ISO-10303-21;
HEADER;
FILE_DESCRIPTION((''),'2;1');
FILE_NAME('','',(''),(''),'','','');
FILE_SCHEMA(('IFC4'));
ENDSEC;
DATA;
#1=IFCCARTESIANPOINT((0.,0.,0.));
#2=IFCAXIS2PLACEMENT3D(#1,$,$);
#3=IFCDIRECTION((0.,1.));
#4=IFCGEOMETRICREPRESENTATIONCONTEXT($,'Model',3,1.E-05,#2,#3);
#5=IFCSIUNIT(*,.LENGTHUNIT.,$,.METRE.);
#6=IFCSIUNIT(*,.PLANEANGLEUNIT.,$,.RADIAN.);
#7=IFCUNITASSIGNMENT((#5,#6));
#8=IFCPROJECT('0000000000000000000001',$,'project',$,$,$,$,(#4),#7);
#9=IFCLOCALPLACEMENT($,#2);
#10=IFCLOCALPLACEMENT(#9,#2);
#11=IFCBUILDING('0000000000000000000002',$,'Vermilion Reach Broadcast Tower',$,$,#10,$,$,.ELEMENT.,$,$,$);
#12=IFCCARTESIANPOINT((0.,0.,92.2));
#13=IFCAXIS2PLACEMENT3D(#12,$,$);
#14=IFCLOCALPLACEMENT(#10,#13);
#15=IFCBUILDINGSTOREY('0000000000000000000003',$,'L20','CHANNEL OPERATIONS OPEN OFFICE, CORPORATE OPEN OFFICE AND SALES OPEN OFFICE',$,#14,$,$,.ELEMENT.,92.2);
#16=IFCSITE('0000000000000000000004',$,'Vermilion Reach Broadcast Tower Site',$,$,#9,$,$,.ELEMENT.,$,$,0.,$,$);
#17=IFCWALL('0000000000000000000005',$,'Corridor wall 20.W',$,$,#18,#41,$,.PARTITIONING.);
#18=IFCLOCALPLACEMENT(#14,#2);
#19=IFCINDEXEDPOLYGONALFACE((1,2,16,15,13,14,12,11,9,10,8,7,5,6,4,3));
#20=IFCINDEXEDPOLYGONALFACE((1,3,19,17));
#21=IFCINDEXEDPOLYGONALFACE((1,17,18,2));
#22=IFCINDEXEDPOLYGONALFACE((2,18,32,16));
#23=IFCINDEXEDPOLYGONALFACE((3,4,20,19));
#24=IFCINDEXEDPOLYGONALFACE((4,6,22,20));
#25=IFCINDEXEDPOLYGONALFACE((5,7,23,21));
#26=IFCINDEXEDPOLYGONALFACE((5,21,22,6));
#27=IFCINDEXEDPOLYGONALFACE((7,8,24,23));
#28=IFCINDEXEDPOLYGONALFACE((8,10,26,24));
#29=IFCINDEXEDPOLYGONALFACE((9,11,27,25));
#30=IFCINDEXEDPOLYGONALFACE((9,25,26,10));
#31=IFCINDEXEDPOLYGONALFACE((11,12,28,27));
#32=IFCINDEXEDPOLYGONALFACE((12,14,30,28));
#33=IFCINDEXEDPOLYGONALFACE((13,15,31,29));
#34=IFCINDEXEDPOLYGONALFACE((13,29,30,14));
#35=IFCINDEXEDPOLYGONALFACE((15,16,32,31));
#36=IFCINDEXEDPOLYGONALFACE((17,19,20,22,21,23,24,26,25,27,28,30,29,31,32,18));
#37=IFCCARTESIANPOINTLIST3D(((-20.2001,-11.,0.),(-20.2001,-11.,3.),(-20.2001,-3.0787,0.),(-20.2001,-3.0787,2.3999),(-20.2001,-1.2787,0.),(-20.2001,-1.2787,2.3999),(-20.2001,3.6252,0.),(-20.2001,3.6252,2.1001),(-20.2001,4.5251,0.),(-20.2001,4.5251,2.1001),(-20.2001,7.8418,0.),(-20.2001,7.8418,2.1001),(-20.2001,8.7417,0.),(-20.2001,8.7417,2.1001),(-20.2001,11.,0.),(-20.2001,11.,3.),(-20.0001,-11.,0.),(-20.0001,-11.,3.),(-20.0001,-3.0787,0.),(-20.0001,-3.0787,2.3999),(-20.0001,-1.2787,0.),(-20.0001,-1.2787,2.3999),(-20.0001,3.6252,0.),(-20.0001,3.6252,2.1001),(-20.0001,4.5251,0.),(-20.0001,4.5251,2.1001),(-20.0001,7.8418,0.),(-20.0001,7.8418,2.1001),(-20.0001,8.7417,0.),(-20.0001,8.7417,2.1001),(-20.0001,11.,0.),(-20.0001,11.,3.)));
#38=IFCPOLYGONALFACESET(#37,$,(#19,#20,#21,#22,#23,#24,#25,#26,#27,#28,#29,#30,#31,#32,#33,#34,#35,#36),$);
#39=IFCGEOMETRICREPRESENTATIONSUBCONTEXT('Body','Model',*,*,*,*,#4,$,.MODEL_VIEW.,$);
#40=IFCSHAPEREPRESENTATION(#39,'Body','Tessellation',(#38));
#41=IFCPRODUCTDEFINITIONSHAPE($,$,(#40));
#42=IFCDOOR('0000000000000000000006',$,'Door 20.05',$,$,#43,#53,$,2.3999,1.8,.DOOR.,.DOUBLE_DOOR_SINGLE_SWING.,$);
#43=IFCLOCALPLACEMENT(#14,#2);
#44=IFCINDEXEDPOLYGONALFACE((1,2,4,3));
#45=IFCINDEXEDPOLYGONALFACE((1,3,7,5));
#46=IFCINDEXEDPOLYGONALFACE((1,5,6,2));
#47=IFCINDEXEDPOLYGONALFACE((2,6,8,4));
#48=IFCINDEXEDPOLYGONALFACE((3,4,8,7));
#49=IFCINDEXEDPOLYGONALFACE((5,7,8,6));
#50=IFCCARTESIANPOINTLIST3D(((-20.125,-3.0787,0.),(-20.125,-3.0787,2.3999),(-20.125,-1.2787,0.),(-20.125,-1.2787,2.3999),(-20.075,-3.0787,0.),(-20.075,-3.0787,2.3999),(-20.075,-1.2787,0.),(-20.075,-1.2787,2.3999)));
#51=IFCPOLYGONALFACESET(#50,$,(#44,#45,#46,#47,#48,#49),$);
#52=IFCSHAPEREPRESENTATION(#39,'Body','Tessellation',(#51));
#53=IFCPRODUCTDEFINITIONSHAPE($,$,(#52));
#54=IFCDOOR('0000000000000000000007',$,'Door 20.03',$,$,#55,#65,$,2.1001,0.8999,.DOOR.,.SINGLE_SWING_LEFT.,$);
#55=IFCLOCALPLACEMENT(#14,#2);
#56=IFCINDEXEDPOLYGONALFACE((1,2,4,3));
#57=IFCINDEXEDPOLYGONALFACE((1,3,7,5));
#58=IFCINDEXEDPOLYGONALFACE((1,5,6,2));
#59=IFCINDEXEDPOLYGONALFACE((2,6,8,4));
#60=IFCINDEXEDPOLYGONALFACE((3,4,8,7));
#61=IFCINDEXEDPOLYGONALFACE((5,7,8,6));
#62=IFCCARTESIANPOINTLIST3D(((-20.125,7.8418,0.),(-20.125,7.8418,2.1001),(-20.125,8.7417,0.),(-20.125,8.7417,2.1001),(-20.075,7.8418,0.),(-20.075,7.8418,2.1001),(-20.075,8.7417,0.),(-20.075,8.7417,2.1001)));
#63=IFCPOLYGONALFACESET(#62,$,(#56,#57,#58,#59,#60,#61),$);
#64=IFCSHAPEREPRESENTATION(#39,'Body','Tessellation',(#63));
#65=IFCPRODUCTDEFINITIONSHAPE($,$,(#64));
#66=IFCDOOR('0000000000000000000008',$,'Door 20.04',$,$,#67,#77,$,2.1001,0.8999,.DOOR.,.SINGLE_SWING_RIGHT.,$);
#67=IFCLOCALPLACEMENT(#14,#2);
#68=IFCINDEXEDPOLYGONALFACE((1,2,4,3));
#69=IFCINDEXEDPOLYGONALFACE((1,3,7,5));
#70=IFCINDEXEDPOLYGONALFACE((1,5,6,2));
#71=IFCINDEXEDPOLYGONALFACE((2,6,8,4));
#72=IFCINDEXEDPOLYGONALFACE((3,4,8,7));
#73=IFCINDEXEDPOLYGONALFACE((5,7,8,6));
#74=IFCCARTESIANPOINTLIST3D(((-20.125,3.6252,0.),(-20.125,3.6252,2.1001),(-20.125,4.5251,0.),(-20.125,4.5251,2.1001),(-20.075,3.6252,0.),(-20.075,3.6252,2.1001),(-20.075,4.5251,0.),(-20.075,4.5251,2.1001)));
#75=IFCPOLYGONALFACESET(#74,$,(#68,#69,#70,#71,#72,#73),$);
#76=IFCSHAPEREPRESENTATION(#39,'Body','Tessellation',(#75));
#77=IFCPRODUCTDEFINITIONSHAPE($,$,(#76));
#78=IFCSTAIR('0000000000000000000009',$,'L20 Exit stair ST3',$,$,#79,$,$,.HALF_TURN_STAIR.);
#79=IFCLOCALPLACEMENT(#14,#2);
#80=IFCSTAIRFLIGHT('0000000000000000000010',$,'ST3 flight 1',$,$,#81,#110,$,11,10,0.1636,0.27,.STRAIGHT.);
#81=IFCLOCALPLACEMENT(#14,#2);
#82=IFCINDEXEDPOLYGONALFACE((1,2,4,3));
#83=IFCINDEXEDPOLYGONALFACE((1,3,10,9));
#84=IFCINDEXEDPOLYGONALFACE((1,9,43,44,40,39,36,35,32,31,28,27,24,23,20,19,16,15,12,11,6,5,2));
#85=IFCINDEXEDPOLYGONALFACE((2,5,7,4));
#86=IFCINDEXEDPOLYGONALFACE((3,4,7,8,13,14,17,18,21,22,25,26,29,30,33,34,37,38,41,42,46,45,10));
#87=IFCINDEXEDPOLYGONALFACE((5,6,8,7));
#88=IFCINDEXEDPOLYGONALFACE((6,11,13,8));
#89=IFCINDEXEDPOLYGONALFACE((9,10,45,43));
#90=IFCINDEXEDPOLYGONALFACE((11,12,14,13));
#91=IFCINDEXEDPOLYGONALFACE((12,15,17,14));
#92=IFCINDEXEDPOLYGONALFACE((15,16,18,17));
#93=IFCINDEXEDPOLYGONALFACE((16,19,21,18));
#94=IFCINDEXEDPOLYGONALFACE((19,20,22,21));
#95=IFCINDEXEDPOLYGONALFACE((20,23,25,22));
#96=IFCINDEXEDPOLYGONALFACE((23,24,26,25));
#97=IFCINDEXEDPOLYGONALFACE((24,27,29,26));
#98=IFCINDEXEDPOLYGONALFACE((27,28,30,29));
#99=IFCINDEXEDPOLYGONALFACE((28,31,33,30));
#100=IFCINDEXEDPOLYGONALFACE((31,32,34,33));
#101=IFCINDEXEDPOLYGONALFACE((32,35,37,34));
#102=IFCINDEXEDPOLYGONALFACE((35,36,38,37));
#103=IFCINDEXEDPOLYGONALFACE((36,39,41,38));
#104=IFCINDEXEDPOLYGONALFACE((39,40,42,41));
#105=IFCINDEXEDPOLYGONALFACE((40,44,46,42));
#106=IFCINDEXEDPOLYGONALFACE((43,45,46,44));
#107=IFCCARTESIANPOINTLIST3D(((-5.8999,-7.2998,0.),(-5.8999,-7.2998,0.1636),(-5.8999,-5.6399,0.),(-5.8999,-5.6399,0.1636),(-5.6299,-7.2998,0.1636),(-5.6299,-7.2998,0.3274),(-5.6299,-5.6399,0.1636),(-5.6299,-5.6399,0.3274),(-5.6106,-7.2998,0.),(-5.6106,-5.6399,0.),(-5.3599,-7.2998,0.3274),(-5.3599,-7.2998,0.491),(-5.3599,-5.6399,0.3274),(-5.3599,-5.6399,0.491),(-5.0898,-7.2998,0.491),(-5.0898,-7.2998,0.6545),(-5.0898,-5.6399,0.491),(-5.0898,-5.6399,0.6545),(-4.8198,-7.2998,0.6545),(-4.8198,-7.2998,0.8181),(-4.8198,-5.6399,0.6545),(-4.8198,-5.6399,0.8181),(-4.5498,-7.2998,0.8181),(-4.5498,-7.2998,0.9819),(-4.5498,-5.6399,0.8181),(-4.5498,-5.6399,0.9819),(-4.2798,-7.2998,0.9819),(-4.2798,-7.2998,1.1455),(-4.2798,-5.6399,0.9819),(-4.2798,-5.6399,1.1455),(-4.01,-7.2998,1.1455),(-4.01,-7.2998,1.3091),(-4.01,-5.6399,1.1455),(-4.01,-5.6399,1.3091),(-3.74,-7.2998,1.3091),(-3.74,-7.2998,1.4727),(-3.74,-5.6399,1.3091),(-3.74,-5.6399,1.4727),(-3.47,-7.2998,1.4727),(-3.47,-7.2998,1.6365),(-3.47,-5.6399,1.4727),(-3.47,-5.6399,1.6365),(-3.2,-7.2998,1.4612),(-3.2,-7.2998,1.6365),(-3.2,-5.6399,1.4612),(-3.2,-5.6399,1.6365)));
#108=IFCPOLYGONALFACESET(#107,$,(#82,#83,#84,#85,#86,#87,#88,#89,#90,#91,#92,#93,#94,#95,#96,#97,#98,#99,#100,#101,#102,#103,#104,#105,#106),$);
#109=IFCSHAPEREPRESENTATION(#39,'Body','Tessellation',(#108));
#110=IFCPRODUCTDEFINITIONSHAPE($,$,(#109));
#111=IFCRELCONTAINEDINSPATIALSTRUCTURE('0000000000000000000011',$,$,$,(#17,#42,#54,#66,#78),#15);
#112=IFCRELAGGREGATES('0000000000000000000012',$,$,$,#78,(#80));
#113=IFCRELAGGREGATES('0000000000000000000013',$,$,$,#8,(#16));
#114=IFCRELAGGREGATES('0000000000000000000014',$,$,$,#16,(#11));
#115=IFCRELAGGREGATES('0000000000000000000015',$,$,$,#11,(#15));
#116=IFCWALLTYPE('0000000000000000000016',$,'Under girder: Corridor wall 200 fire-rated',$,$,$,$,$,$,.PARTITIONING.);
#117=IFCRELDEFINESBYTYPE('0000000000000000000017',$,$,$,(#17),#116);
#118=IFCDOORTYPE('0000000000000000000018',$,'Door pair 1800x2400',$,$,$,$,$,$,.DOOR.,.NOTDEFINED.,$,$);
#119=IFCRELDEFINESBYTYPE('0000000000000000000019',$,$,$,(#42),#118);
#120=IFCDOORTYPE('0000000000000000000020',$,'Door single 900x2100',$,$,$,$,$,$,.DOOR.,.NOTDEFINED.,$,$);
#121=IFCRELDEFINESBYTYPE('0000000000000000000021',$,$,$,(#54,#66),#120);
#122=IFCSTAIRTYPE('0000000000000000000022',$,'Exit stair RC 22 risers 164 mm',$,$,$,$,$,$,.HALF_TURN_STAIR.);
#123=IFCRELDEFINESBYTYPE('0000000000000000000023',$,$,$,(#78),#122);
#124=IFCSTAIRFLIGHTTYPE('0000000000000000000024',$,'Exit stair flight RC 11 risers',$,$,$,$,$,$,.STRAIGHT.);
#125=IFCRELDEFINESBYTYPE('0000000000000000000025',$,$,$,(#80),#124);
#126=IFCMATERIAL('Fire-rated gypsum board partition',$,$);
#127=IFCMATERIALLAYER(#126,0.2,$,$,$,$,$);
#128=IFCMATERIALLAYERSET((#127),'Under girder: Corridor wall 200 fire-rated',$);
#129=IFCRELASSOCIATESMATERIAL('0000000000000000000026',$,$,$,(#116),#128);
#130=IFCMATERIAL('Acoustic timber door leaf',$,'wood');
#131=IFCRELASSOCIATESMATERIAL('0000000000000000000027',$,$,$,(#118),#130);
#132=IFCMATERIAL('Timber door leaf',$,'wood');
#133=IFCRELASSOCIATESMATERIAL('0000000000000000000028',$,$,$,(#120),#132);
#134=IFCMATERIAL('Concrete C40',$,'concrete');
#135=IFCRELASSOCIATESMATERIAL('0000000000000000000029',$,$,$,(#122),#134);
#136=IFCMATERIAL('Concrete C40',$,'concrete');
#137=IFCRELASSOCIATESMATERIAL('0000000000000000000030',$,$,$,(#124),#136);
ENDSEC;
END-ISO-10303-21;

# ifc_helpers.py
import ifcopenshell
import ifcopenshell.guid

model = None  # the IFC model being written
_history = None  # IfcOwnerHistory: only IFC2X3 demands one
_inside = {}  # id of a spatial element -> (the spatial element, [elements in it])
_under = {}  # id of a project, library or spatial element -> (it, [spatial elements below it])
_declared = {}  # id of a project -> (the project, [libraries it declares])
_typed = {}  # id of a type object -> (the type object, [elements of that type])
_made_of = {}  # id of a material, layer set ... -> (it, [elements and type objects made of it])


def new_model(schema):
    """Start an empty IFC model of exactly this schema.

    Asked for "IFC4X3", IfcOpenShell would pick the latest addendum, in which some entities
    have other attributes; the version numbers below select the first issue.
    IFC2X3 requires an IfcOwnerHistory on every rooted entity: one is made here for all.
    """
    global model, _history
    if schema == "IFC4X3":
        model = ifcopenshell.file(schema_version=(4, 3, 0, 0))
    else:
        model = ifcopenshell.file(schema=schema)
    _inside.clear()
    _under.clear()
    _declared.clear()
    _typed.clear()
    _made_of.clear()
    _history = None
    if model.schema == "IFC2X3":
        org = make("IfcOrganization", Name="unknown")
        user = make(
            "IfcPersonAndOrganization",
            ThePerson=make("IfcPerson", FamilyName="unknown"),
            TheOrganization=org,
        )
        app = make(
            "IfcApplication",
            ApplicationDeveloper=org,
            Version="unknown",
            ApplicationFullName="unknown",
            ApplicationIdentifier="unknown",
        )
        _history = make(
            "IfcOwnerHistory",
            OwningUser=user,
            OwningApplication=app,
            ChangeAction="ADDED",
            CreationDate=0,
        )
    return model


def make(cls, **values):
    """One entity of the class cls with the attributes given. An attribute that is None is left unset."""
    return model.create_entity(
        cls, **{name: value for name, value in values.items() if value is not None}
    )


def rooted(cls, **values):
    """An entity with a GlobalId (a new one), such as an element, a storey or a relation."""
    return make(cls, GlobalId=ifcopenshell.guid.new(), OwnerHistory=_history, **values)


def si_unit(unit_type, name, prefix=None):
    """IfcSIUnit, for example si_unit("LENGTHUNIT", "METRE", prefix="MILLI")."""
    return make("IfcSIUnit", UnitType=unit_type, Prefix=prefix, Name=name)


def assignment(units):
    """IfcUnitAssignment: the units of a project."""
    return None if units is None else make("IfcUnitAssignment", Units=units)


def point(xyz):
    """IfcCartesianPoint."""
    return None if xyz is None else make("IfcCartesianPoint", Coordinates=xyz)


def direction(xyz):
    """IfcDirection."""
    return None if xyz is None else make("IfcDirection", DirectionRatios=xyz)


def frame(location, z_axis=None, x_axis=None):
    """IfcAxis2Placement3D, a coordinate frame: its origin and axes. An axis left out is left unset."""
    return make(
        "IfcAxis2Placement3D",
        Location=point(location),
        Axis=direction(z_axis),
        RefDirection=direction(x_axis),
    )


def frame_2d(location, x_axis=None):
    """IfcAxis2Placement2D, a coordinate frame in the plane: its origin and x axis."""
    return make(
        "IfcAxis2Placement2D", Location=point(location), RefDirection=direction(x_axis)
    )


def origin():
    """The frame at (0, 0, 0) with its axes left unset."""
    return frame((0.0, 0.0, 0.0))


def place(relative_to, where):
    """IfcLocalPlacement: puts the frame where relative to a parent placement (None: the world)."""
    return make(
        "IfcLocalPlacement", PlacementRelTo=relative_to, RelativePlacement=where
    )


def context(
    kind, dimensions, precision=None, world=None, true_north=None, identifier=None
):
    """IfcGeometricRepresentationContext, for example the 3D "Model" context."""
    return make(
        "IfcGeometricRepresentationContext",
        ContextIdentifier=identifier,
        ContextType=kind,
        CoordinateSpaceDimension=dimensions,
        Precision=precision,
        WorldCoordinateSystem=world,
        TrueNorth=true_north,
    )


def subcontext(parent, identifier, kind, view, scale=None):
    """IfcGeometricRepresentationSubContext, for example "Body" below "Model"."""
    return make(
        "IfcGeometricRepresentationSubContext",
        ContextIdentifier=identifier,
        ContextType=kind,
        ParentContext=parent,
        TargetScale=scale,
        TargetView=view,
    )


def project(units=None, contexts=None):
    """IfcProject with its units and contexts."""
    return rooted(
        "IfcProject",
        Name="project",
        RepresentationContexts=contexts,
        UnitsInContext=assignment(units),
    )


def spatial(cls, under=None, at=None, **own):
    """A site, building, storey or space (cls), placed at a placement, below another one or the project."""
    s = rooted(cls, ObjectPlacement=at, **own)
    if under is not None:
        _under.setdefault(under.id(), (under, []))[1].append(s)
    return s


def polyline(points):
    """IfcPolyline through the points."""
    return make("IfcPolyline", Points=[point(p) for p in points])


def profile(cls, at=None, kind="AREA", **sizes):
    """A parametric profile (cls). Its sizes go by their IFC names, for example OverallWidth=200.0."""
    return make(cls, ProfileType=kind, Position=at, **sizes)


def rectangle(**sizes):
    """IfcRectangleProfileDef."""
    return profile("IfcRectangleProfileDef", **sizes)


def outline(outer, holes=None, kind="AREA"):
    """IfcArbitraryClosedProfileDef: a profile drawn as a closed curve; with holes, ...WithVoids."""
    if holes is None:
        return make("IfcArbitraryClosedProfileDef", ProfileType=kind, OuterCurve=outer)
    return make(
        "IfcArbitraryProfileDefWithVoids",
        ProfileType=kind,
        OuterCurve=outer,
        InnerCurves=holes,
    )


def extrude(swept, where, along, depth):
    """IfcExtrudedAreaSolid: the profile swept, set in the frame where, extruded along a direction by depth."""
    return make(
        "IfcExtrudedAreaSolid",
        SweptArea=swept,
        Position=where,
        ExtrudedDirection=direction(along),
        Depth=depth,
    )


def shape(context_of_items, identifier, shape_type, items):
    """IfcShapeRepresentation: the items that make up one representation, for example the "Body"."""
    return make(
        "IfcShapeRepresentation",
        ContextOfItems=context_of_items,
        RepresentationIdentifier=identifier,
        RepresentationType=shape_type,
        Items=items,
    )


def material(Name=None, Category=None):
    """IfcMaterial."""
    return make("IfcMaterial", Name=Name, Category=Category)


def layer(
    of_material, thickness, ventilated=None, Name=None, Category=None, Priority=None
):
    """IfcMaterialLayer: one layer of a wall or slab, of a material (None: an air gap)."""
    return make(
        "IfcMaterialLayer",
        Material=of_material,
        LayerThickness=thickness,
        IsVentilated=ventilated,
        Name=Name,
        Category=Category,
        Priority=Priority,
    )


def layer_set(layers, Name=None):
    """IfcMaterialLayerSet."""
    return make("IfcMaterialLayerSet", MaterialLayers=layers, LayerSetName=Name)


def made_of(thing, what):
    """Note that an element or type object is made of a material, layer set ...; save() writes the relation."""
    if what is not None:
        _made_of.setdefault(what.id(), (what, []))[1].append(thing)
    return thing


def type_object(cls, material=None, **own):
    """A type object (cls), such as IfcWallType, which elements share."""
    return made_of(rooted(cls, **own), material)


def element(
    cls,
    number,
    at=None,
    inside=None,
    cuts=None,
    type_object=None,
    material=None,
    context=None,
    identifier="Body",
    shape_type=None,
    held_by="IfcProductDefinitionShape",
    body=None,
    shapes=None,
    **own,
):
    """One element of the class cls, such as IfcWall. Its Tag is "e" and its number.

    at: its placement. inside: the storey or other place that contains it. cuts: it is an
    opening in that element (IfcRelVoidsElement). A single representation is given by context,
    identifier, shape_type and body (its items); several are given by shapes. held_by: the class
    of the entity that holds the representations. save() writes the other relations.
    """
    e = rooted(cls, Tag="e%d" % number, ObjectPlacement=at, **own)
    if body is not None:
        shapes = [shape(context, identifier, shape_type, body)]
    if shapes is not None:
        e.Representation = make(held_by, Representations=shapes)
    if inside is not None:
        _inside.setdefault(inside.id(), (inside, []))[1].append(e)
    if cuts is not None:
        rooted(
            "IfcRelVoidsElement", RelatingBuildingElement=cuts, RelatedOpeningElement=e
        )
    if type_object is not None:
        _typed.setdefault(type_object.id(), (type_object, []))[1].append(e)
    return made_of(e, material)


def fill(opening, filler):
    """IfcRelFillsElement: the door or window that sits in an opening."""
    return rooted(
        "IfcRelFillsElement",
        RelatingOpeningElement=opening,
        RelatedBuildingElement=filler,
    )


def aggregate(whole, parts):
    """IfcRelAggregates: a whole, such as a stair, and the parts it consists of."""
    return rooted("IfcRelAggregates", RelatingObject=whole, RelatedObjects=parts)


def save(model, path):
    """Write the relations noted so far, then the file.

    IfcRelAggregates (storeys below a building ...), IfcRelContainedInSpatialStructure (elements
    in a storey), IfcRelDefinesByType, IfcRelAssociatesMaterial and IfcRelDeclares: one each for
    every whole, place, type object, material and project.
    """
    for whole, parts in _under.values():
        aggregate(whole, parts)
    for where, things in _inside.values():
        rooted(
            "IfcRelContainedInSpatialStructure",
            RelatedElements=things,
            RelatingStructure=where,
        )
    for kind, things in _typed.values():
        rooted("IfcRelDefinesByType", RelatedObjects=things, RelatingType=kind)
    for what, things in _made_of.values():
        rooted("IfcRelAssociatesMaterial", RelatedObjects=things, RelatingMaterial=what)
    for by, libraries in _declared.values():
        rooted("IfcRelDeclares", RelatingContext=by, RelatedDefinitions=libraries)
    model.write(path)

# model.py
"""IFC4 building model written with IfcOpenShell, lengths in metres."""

from ifc_helpers import new_model, si_unit, direction, frame, frame_2d, origin, place, context, subcontext, project, spatial, polyline, rectangle, outline, extrude, material, layer, layer_set, type_object, element, fill, aggregate, save


model = new_model("IFC4")

# Units and contexts
model_context = context("Model", 3, precision=1e-05, world=origin(), true_north=direction((0.0, 1.0)))
body_context = subcontext(model_context, "Body", "Model", "MODEL_VIEW")
ifc_project = project(units=[si_unit("LENGTHUNIT", "METRE"), si_unit("PLANEANGLEUNIT", "RADIAN")], contexts=[model_context])

# Site, building, storey
site_placement = place(None, origin())
site = spatial("IfcSite", under=ifc_project, at=site_placement, Name="Vermilion Reach Broadcast Tower Site", CompositionType="ELEMENT", RefElevation=0.0)
building_placement = place(site_placement, origin())
building = spatial("IfcBuilding", under=site, at=building_placement, Name="Vermilion Reach Broadcast Tower", CompositionType="ELEMENT")
storey_placement = place(building_placement, frame((0.0, 0.0, 92.2)))
storey = spatial("IfcBuildingStorey", under=building, at=storey_placement, Name="L20", Description="CHANNEL OPERATIONS OPEN OFFICE, CORPORATE OPEN OFFICE AND SALES OPEN OFFICE", CompositionType="ELEMENT", Elevation=92.2)

# Wall, openings, doors
ifc_material_1 = material(Name="Fire-rated gypsum board partition")
ifc_layer_1 = layer(ifc_material_1, 0.2)
ifc_layer_set_1 = layer_set([ifc_layer_1], Name="Under girder: Corridor wall 200 fire-rated")
wall_type_1 = type_object("IfcWallType", Name="Under girder: Corridor wall 200 fire-rated", PredefinedType="PARTITIONING", material=ifc_layer_set_1)
wall_1_placement = place(storey_placement, frame((-20.1001, -11.0, 0.0), z_axis=(0.0, 0.0, 1.0), x_axis=(0.0, 1.0, 0.0)))
wall_1 = element("IfcWall", 1, at=wall_1_placement, inside=storey, type_object=wall_type_1, Name="Corridor wall 20.W", PredefinedType="PARTITIONING", context=body_context, shape_type="SweptSolid", body=[
    extrude(rectangle(XDim=22.0, YDim=0.2, at=frame_2d((11.0, 0.0))), origin(), (0.0, 0.0, 1.0), 3.0),
])
opening_1_placement = place(wall_1_placement, frame((18.8418, 0.0, 0.0)))
opening_1 = element("IfcOpeningElement", 2, at=opening_1_placement, cuts=wall_1, PredefinedType="OPENING", context=body_context, shape_type="SweptSolid", body=[
    extrude(rectangle(XDim=0.8999, YDim=2.1001, at=frame_2d((0.45, 1.05))), frame((0.0, 0.1099, 0.0), z_axis=(0.0, -1.0, 0.0), x_axis=(1.0, 0.0, 0.0)), (0.0, 0.0, 1.0), 0.22),
])
opening_2_placement = place(wall_1_placement, frame((14.6252, 0.0, 0.0)))
opening_2 = element("IfcOpeningElement", 3, at=opening_2_placement, cuts=wall_1, PredefinedType="OPENING", context=body_context, shape_type="SweptSolid", body=[
    extrude(rectangle(XDim=0.8999, YDim=2.1001, at=frame_2d((0.45, 1.05))), frame((0.0, 0.1099, 0.0), z_axis=(0.0, -1.0, 0.0), x_axis=(1.0, 0.0, 0.0)), (0.0, 0.0, 1.0), 0.22),
])
opening_3_placement = place(wall_1_placement, frame((7.9214, 0.0, 0.0)))
opening_3 = element("IfcOpeningElement", 4, at=opening_3_placement, cuts=wall_1, PredefinedType="OPENING", context=body_context, shape_type="SweptSolid", body=[
    extrude(rectangle(XDim=1.8, YDim=2.3999, at=frame_2d((0.8999, 1.2))), frame((0.0, 0.1099, 0.0), z_axis=(0.0, -1.0, 0.0), x_axis=(1.0, 0.0, 0.0)), (0.0, 0.0, 1.0), 0.22),
])
ifc_material_2 = material(Name="Acoustic timber door leaf", Category="wood")
door_type_1 = type_object("IfcDoorType", Name="Door pair 1800x2400", OperationType="NOTDEFINED", PredefinedType="DOOR", material=ifc_material_2)
door_1_placement = place(opening_3_placement, origin())
door_1 = element("IfcDoor", 5, at=door_1_placement, inside=storey, type_object=door_type_1, Name="Door 20.05", OperationType="DOUBLE_DOOR_SINGLE_SWING", OverallHeight=2.3999, OverallWidth=1.8, PredefinedType="DOOR", context=body_context, shape_type="SweptSolid", body=[
    extrude(rectangle(XDim=1.8, YDim=2.3999, at=frame_2d((0.8999, 1.2))), frame((0.0, 0.0249, 0.0), z_axis=(0.0, -1.0, 0.0), x_axis=(1.0, 0.0, 0.0)), (0.0, 0.0, 1.0), 0.05),
])
fill(opening_3, door_1)
ifc_material_3 = material(Name="Timber door leaf", Category="wood")
door_type_2 = type_object("IfcDoorType", Name="Door single 900x2100", OperationType="NOTDEFINED", PredefinedType="DOOR", material=ifc_material_3)
door_2_placement = place(opening_1_placement, origin())
door_2 = element("IfcDoor", 6, at=door_2_placement, inside=storey, type_object=door_type_2, Name="Door 20.03", OperationType="SINGLE_SWING_LEFT", OverallHeight=2.1001, OverallWidth=0.8999, PredefinedType="DOOR", context=body_context, shape_type="SweptSolid", body=[
    extrude(rectangle(XDim=0.8999, YDim=2.1001, at=frame_2d((0.45, 1.05))), frame((0.0, 0.0249, 0.0), z_axis=(0.0, -1.0, 0.0), x_axis=(1.0, 0.0, 0.0)), (0.0, 0.0, 1.0), 0.05),
])
fill(opening_1, door_2)
door_3_placement = place(opening_2_placement, origin())
door_3 = element("IfcDoor", 7, at=door_3_placement, inside=storey, type_object=door_type_2, Name="Door 20.04", OperationType="SINGLE_SWING_RIGHT", OverallHeight=2.1001, OverallWidth=0.8999, PredefinedType="DOOR", context=body_context, shape_type="SweptSolid", body=[
    extrude(rectangle(XDim=0.8999, YDim=2.1001, at=frame_2d((0.45, 1.05))), frame((0.0, 0.0249, 0.0), z_axis=(0.0, -1.0, 0.0), x_axis=(1.0, 0.0, 0.0)), (0.0, 0.0, 1.0), 0.05),
])
fill(opening_2, door_3)

# Stair, stair flight
ifc_material_4 = material(Name="Concrete C40", Category="concrete")
stair_type = type_object("IfcStairType", Name="Exit stair RC 22 risers 164 mm", PredefinedType="HALF_TURN_STAIR", material=ifc_material_4)
stair_placement = place(storey_placement, origin())
stair = element("IfcStair", 8, at=stair_placement, inside=storey, type_object=stair_type, Name="L20 Exit stair ST3", PredefinedType="HALF_TURN_STAIR")
ifc_material_5 = material(Name="Concrete C40", Category="concrete")
stair_flight_type = type_object("IfcStairFlightType", Name="Exit stair flight RC 11 risers", PredefinedType="STRAIGHT", material=ifc_material_5)
stair_flight_placement = place(storey_placement, frame((-5.8999, -6.47, 0.0), z_axis=(0.0, 0.0, 1.0), x_axis=(1.0, 0.0, 0.0)))
stair_flight = element("IfcStairFlight", 9, at=stair_flight_placement, type_object=stair_flight_type, Name="ST3 flight 1", NumberOfRisers=11, NumberOfTreads=10, PredefinedType="STRAIGHT", RiserHeight=0.1636, TreadLength=0.27, context=body_context, shape_type="SweptSolid", body=[
    extrude(outline(polyline([(0.0, 0.0), (0.0, 0.1636), (0.27, 0.1636), (0.27, 0.3274), (0.54, 0.3274), (0.54, 0.491), (0.8101, 0.491), (0.8101, 0.6545), (1.0801, 0.6545), (1.0801, 0.8181), (1.3501, 0.8181), (1.3501, 0.9819), (1.6201, 0.9819), (1.6201, 1.1455), (1.8899, 1.1455), (1.8899, 1.3091), (2.1599, 1.3091), (2.1599, 1.4727), (2.4299, 1.4727), (2.4299, 1.6365), (2.7, 1.6365), (2.7, 1.8), (2.7, 1.4612), (0.2893, 0.0), (0.0, 0.0)])), frame((0.0, 0.8301, 0.0), z_axis=(0.0, -1.0, 0.0), x_axis=(1.0, 0.0, 0.0)), (0.0, 0.0, 1.0), 1.6599),
])
aggregate(stair, [stair_flight])

save(model, "model.ifc")
